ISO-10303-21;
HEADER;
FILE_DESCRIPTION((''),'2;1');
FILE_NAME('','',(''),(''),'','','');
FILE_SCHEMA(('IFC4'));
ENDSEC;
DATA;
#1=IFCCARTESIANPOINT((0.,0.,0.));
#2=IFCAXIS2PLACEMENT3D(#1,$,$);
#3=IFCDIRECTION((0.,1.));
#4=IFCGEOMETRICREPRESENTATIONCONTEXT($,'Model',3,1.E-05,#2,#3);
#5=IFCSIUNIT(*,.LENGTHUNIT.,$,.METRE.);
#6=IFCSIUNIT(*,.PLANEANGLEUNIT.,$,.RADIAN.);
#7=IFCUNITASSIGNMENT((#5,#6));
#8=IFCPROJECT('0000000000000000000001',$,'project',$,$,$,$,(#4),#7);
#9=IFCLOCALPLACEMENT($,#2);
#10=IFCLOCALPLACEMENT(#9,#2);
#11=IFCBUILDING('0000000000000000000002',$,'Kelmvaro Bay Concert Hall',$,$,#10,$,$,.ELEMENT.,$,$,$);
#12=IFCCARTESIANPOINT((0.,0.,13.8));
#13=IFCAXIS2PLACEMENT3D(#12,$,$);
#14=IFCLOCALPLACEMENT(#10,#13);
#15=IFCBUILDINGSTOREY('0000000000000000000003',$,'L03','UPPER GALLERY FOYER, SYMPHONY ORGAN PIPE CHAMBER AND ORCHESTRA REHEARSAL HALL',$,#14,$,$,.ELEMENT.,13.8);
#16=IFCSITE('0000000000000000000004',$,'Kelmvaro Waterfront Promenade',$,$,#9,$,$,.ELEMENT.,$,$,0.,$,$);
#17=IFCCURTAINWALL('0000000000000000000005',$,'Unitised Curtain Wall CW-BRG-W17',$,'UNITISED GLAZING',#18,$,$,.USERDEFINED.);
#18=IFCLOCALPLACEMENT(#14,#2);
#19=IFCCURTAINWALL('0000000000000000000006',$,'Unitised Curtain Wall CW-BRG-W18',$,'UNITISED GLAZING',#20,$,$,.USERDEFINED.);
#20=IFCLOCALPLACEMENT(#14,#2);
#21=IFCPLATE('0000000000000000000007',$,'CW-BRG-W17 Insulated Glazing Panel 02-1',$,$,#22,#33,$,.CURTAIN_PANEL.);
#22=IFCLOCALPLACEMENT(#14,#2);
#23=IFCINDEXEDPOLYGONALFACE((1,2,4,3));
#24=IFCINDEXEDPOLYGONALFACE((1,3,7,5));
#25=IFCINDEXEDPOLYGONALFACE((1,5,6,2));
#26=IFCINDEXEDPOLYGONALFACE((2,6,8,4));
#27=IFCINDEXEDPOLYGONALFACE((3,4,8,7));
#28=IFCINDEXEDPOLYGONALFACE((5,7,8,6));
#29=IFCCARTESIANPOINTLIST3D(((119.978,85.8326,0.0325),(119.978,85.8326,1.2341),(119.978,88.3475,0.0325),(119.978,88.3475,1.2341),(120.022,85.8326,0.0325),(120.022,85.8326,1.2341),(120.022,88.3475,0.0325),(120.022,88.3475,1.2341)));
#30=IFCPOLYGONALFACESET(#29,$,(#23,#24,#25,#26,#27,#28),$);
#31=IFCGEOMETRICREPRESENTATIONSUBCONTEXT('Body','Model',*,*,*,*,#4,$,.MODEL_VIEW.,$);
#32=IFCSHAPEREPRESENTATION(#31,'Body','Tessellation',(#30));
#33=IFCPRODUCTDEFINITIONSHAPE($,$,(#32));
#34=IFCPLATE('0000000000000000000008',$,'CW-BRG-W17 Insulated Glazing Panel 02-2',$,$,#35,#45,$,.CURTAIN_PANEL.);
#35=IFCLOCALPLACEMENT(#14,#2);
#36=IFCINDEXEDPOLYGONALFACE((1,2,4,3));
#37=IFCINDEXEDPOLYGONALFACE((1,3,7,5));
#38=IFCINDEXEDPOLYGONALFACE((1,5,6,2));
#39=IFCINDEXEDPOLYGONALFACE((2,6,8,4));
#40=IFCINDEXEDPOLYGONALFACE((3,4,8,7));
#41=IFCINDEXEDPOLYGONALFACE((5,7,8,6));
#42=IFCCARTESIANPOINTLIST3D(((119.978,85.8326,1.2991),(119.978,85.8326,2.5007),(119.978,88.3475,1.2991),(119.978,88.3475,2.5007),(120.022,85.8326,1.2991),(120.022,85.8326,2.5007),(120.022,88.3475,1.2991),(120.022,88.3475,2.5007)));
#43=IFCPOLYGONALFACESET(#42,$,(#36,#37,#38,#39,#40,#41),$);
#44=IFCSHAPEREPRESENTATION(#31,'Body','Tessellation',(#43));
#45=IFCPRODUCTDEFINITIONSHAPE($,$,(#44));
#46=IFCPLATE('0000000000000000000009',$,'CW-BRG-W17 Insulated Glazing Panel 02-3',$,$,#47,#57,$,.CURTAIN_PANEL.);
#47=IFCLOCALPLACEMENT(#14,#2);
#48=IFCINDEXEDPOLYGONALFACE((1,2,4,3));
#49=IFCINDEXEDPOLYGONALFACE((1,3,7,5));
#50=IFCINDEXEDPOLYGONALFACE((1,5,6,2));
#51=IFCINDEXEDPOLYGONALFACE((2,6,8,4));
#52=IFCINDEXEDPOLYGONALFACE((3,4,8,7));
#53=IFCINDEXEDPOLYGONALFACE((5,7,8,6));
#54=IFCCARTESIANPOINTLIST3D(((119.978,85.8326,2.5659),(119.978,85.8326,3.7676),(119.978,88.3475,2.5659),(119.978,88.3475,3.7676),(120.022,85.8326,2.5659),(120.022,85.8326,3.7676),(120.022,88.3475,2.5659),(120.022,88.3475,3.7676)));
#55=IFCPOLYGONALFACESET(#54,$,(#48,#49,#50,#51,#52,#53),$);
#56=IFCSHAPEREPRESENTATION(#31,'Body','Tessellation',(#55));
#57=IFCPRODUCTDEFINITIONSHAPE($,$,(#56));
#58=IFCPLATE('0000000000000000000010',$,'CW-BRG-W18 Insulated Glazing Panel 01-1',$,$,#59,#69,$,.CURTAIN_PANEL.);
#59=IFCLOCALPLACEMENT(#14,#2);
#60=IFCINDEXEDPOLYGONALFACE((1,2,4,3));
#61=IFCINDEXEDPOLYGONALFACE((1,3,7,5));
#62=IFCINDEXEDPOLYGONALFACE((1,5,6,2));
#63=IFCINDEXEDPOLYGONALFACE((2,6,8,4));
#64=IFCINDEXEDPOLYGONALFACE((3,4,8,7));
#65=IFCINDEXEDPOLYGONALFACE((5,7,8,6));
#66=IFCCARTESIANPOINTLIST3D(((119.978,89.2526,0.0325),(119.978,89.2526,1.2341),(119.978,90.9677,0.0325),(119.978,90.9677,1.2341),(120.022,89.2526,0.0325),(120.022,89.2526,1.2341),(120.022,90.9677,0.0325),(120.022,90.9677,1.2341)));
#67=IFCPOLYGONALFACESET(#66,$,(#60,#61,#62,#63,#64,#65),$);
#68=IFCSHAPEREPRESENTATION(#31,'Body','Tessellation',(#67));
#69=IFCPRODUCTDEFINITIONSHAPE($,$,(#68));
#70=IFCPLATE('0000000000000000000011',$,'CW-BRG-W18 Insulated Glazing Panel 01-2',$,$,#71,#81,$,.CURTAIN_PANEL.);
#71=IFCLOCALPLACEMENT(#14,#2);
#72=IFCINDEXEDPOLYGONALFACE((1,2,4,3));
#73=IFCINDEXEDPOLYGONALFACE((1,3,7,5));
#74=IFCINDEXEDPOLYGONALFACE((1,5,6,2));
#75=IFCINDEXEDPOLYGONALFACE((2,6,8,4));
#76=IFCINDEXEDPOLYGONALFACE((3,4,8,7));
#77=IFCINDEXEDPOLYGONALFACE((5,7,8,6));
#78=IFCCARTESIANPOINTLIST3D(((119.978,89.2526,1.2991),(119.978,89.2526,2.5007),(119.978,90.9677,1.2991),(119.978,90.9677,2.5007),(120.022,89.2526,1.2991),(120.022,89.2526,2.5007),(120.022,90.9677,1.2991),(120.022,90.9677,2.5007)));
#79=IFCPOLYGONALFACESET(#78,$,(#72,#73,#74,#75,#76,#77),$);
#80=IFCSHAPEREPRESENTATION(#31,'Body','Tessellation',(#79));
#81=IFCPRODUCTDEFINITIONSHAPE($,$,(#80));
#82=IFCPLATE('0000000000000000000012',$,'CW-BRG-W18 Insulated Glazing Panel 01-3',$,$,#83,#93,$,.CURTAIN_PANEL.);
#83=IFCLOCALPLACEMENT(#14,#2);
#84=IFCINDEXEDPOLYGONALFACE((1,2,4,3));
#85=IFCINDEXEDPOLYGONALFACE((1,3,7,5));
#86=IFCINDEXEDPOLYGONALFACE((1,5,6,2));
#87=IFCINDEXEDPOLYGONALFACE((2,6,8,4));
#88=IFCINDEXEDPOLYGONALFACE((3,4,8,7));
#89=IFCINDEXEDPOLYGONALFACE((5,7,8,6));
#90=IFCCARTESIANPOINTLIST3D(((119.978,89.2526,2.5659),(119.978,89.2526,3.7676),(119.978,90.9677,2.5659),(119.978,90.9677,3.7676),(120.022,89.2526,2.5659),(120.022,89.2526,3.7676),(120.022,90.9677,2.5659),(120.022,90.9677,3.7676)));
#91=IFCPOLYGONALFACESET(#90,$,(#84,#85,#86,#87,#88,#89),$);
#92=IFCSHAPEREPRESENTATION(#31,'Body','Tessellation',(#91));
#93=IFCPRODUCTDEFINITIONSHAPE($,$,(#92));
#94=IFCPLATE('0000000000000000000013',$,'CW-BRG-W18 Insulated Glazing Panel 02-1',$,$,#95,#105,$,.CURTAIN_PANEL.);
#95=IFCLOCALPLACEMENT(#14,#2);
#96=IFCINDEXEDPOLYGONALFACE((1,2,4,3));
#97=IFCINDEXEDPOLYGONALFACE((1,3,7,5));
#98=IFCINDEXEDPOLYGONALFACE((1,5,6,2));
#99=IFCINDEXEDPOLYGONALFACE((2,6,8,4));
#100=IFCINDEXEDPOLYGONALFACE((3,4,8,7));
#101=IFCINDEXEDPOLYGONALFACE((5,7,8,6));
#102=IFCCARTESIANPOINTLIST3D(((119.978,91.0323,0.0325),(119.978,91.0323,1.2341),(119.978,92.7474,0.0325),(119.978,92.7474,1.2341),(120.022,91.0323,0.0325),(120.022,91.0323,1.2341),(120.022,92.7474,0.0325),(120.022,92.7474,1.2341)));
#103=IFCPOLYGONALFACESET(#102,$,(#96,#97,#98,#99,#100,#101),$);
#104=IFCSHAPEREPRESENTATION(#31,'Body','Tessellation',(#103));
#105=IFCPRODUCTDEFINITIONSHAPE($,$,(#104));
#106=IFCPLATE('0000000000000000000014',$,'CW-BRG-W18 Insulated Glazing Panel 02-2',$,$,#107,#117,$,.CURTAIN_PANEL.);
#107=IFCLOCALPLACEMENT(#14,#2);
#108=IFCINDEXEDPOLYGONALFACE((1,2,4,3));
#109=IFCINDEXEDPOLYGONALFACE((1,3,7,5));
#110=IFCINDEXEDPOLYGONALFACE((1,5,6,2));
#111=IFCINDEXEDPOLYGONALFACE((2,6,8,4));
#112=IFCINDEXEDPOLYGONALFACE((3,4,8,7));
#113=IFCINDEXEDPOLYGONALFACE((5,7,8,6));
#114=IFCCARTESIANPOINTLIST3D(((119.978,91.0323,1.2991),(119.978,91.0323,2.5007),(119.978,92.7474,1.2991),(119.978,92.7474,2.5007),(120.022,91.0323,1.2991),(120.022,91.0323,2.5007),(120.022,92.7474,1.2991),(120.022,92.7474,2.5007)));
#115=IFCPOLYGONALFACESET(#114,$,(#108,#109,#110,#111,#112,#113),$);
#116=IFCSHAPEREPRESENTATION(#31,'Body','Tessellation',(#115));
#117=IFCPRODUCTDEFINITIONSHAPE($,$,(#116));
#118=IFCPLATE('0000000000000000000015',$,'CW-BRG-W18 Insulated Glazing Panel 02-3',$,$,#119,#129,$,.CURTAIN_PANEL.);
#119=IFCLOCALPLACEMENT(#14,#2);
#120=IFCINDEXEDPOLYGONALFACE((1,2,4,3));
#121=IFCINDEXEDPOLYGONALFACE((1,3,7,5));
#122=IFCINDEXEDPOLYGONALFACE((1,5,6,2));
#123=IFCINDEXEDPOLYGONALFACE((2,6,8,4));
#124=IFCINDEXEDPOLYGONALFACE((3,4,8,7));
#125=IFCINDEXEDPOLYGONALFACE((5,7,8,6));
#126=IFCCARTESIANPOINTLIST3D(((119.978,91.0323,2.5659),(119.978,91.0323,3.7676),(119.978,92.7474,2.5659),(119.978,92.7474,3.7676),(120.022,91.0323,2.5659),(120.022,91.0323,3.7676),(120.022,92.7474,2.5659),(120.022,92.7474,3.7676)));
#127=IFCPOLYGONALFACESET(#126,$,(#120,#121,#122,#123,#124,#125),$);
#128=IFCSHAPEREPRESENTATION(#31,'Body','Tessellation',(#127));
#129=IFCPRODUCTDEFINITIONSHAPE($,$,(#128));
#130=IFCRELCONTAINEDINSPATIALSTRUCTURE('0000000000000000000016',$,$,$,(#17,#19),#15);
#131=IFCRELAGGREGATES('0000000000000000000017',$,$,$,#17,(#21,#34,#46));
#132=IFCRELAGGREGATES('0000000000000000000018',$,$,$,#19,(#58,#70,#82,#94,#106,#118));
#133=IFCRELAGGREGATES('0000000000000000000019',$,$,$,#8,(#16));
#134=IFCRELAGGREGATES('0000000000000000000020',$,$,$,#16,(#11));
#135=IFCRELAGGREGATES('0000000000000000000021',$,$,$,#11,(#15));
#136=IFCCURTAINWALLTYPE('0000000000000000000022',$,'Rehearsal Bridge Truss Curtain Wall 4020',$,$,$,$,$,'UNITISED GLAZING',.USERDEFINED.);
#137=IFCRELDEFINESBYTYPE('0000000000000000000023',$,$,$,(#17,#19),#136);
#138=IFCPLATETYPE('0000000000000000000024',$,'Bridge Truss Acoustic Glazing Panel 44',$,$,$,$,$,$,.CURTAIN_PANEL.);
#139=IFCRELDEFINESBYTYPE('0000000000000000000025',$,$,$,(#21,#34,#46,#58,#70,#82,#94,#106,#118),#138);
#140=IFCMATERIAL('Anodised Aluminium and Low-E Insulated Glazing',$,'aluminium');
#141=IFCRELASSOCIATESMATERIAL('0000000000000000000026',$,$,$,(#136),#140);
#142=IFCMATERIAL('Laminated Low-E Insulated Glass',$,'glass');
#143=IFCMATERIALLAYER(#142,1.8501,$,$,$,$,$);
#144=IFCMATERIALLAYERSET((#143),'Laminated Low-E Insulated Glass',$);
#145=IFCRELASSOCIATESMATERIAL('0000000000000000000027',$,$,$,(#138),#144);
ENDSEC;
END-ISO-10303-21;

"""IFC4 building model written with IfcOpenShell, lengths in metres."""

from ifc_helpers import new_model, si_unit, direction, frame, origin, origin_2d, place, context, subcontext, project, spatial, rectangle, extrude, material, layer, layer_set, type_object, element, aggregate, save


model = new_model("IFC4")

# Units and contexts
model_context = context("Model", 3, precision=1e-05, world=origin(), true_north=direction((0.0, 1.0)))
body_context = subcontext(model_context, "Body", "Model", "MODEL_VIEW")
ifc_project = project(units=[si_unit("LENGTHUNIT", "METRE"), si_unit("PLANEANGLEUNIT", "RADIAN")], contexts=[model_context])

# Site, building, storey
site_placement = place(None, origin())
site = spatial("IfcSite", under=ifc_project, at=site_placement, Name="Kelmvaro Waterfront Promenade", CompositionType="ELEMENT", RefElevation=0.0)
building_placement = place(site_placement, origin())
building = spatial("IfcBuilding", under=site, at=building_placement, Name="Kelmvaro Bay Concert Hall", CompositionType="ELEMENT")
storey_placement = place(building_placement, frame((0.0, 0.0, 13.8)))
storey = spatial("IfcBuildingStorey", under=building, at=storey_placement, Name="L03", Description="UPPER GALLERY FOYER, SYMPHONY ORGAN PIPE CHAMBER AND ORCHESTRA REHEARSAL HALL", CompositionType="ELEMENT", Elevation=13.8)

# Curtain walls
ifc_material_1 = material(Name="Anodised Aluminium and Low-E Insulated Glazing", Category="aluminium")
curtain_wall_type = type_object("IfcCurtainWallType", Name="Rehearsal Bridge Truss Curtain Wall 4020", ElementType="UNITISED GLAZING", PredefinedType="USERDEFINED", material=ifc_material_1)
curtain_wall_1_placement = place(storey_placement, origin())
curtain_wall_1 = element("IfcCurtainWall", 1, at=curtain_wall_1_placement, inside=storey, type_object=curtain_wall_type, Name="Unitised Curtain Wall CW-BRG-W17", ObjectType="UNITISED GLAZING", PredefinedType="USERDEFINED")
curtain_wall_2_placement = place(storey_placement, origin())
curtain_wall_2 = element("IfcCurtainWall", 2, at=curtain_wall_2_placement, inside=storey, type_object=curtain_wall_type, Name="Unitised Curtain Wall CW-BRG-W18", ObjectType="UNITISED GLAZING", PredefinedType="USERDEFINED")

# Plates
ifc_material_2 = material(Name="Laminated Low-E Insulated Glass", Category="glass")
ifc_layer = layer(ifc_material_2, 1.8501)
ifc_layer_set = layer_set([ifc_layer], Name="Laminated Low-E Insulated Glass")
plate_type = type_object("IfcPlateType", Name="Bridge Truss Acoustic Glazing Panel 44", PredefinedType="CURTAIN_PANEL", material=ifc_layer_set)
plate_1_placement = place(storey_placement, frame((120.0, 87.0901, 0.0325), z_axis=(0.0, 0.0, 1.0), x_axis=(0.0, 1.0, 0.0)))
plate_1 = element("IfcPlate", 3, at=plate_1_placement, type_object=plate_type, Name="CW-BRG-W17 Insulated Glazing Panel 02-1", PredefinedType="CURTAIN_PANEL", context=body_context, shape_type="SweptSolid", body=[
    extrude(rectangle(XDim=2.5149, YDim=0.0439, at=origin_2d()), origin(), (0.0, 0.0, 1.0), 1.2017),
])
plate_2_placement = place(storey_placement, frame((120.0, 87.0901, 1.2991), z_axis=(0.0, 0.0, 1.0), x_axis=(0.0, 1.0, 0.0)))
plate_2 = element("IfcPlate", 4, at=plate_2_placement, type_object=plate_type, Name="CW-BRG-W17 Insulated Glazing Panel 02-2", PredefinedType="CURTAIN_PANEL", context=body_context, shape_type="SweptSolid", body=[
    extrude(rectangle(XDim=2.5149, YDim=0.0439, at=origin_2d()), origin(), (0.0, 0.0, 1.0), 1.2017),
])
plate_3_placement = place(storey_placement, frame((120.0, 87.0901, 2.5659), z_axis=(0.0, 0.0, 1.0), x_axis=(0.0, 1.0, 0.0)))
plate_3 = element("IfcPlate", 5, at=plate_3_placement, type_object=plate_type, Name="CW-BRG-W17 Insulated Glazing Panel 02-3", PredefinedType="CURTAIN_PANEL", context=body_context, shape_type="SweptSolid", body=[
    extrude(rectangle(XDim=2.5149, YDim=0.0439, at=origin_2d()), origin(), (0.0, 0.0, 1.0), 1.2017),
])
aggregate(curtain_wall_1, [plate_1, plate_2, plate_3])
plate_4_placement = place(storey_placement, frame((120.0, 90.1101, 0.0325), z_axis=(0.0, 0.0, 1.0), x_axis=(0.0, 1.0, 0.0)))
plate_4 = element("IfcPlate", 6, at=plate_4_placement, type_object=plate_type, Name="CW-BRG-W18 Insulated Glazing Panel 01-1", PredefinedType="CURTAIN_PANEL", context=body_context, shape_type="SweptSolid", body=[
    extrude(rectangle(XDim=1.7151, YDim=0.0439, at=origin_2d()), origin(), (0.0, 0.0, 1.0), 1.2017),
])
plate_5_placement = place(storey_placement, frame((120.0, 90.1101, 1.2991), z_axis=(0.0, 0.0, 1.0), x_axis=(0.0, 1.0, 0.0)))
plate_5 = element("IfcPlate", 7, at=plate_5_placement, type_object=plate_type, Name="CW-BRG-W18 Insulated Glazing Panel 01-2", PredefinedType="CURTAIN_PANEL", context=body_context, shape_type="SweptSolid", body=[
    extrude(rectangle(XDim=1.7151, YDim=0.0439, at=origin_2d()), origin(), (0.0, 0.0, 1.0), 1.2017),
])
plate_6_placement = place(storey_placement, frame((120.0, 90.1101, 2.5659), z_axis=(0.0, 0.0, 1.0), x_axis=(0.0, 1.0, 0.0)))
plate_6 = element("IfcPlate", 8, at=plate_6_placement, type_object=plate_type, Name="CW-BRG-W18 Insulated Glazing Panel 01-3", PredefinedType="CURTAIN_PANEL", context=body_context, shape_type="SweptSolid", body=[
    extrude(rectangle(XDim=1.7151, YDim=0.0439, at=origin_2d()), origin(), (0.0, 0.0, 1.0), 1.2017),
])
plate_7_placement = place(storey_placement, frame((120.0, 91.8899, 0.0325), z_axis=(0.0, 0.0, 1.0), x_axis=(0.0, 1.0, 0.0)))
plate_7 = element("IfcPlate", 9, at=plate_7_placement, type_object=plate_type, Name="CW-BRG-W18 Insulated Glazing Panel 02-1", PredefinedType="CURTAIN_PANEL", context=body_context, shape_type="SweptSolid", body=[
    extrude(rectangle(XDim=1.7151, YDim=0.0439, at=origin_2d()), origin(), (0.0, 0.0, 1.0), 1.2017),
])
plate_8_placement = place(storey_placement, frame((120.0, 91.8899, 1.2991), z_axis=(0.0, 0.0, 1.0), x_axis=(0.0, 1.0, 0.0)))
plate_8 = element("IfcPlate", 10, at=plate_8_placement, type_object=plate_type, Name="CW-BRG-W18 Insulated Glazing Panel 02-2", PredefinedType="CURTAIN_PANEL", context=body_context, shape_type="SweptSolid", body=[
    extrude(rectangle(XDim=1.7151, YDim=0.0439, at=origin_2d()), origin(), (0.0, 0.0, 1.0), 1.2017),
])
plate_9_placement = place(storey_placement, frame((120.0, 91.8899, 2.5659), z_axis=(0.0, 0.0, 1.0), x_axis=(0.0, 1.0, 0.0)))
plate_9 = element("IfcPlate", 11, at=plate_9_placement, type_object=plate_type, Name="CW-BRG-W18 Insulated Glazing Panel 02-3", PredefinedType="CURTAIN_PANEL", context=body_context, shape_type="SweptSolid", body=[
    extrude(rectangle(XDim=1.7151, YDim=0.0439, at=origin_2d()), origin(), (0.0, 0.0, 1.0), 1.2017),
])
aggregate(curtain_wall_2, [plate_4, plate_5, plate_6, plate_7, plate_8, plate_9])

save(model, "model.ifc")
